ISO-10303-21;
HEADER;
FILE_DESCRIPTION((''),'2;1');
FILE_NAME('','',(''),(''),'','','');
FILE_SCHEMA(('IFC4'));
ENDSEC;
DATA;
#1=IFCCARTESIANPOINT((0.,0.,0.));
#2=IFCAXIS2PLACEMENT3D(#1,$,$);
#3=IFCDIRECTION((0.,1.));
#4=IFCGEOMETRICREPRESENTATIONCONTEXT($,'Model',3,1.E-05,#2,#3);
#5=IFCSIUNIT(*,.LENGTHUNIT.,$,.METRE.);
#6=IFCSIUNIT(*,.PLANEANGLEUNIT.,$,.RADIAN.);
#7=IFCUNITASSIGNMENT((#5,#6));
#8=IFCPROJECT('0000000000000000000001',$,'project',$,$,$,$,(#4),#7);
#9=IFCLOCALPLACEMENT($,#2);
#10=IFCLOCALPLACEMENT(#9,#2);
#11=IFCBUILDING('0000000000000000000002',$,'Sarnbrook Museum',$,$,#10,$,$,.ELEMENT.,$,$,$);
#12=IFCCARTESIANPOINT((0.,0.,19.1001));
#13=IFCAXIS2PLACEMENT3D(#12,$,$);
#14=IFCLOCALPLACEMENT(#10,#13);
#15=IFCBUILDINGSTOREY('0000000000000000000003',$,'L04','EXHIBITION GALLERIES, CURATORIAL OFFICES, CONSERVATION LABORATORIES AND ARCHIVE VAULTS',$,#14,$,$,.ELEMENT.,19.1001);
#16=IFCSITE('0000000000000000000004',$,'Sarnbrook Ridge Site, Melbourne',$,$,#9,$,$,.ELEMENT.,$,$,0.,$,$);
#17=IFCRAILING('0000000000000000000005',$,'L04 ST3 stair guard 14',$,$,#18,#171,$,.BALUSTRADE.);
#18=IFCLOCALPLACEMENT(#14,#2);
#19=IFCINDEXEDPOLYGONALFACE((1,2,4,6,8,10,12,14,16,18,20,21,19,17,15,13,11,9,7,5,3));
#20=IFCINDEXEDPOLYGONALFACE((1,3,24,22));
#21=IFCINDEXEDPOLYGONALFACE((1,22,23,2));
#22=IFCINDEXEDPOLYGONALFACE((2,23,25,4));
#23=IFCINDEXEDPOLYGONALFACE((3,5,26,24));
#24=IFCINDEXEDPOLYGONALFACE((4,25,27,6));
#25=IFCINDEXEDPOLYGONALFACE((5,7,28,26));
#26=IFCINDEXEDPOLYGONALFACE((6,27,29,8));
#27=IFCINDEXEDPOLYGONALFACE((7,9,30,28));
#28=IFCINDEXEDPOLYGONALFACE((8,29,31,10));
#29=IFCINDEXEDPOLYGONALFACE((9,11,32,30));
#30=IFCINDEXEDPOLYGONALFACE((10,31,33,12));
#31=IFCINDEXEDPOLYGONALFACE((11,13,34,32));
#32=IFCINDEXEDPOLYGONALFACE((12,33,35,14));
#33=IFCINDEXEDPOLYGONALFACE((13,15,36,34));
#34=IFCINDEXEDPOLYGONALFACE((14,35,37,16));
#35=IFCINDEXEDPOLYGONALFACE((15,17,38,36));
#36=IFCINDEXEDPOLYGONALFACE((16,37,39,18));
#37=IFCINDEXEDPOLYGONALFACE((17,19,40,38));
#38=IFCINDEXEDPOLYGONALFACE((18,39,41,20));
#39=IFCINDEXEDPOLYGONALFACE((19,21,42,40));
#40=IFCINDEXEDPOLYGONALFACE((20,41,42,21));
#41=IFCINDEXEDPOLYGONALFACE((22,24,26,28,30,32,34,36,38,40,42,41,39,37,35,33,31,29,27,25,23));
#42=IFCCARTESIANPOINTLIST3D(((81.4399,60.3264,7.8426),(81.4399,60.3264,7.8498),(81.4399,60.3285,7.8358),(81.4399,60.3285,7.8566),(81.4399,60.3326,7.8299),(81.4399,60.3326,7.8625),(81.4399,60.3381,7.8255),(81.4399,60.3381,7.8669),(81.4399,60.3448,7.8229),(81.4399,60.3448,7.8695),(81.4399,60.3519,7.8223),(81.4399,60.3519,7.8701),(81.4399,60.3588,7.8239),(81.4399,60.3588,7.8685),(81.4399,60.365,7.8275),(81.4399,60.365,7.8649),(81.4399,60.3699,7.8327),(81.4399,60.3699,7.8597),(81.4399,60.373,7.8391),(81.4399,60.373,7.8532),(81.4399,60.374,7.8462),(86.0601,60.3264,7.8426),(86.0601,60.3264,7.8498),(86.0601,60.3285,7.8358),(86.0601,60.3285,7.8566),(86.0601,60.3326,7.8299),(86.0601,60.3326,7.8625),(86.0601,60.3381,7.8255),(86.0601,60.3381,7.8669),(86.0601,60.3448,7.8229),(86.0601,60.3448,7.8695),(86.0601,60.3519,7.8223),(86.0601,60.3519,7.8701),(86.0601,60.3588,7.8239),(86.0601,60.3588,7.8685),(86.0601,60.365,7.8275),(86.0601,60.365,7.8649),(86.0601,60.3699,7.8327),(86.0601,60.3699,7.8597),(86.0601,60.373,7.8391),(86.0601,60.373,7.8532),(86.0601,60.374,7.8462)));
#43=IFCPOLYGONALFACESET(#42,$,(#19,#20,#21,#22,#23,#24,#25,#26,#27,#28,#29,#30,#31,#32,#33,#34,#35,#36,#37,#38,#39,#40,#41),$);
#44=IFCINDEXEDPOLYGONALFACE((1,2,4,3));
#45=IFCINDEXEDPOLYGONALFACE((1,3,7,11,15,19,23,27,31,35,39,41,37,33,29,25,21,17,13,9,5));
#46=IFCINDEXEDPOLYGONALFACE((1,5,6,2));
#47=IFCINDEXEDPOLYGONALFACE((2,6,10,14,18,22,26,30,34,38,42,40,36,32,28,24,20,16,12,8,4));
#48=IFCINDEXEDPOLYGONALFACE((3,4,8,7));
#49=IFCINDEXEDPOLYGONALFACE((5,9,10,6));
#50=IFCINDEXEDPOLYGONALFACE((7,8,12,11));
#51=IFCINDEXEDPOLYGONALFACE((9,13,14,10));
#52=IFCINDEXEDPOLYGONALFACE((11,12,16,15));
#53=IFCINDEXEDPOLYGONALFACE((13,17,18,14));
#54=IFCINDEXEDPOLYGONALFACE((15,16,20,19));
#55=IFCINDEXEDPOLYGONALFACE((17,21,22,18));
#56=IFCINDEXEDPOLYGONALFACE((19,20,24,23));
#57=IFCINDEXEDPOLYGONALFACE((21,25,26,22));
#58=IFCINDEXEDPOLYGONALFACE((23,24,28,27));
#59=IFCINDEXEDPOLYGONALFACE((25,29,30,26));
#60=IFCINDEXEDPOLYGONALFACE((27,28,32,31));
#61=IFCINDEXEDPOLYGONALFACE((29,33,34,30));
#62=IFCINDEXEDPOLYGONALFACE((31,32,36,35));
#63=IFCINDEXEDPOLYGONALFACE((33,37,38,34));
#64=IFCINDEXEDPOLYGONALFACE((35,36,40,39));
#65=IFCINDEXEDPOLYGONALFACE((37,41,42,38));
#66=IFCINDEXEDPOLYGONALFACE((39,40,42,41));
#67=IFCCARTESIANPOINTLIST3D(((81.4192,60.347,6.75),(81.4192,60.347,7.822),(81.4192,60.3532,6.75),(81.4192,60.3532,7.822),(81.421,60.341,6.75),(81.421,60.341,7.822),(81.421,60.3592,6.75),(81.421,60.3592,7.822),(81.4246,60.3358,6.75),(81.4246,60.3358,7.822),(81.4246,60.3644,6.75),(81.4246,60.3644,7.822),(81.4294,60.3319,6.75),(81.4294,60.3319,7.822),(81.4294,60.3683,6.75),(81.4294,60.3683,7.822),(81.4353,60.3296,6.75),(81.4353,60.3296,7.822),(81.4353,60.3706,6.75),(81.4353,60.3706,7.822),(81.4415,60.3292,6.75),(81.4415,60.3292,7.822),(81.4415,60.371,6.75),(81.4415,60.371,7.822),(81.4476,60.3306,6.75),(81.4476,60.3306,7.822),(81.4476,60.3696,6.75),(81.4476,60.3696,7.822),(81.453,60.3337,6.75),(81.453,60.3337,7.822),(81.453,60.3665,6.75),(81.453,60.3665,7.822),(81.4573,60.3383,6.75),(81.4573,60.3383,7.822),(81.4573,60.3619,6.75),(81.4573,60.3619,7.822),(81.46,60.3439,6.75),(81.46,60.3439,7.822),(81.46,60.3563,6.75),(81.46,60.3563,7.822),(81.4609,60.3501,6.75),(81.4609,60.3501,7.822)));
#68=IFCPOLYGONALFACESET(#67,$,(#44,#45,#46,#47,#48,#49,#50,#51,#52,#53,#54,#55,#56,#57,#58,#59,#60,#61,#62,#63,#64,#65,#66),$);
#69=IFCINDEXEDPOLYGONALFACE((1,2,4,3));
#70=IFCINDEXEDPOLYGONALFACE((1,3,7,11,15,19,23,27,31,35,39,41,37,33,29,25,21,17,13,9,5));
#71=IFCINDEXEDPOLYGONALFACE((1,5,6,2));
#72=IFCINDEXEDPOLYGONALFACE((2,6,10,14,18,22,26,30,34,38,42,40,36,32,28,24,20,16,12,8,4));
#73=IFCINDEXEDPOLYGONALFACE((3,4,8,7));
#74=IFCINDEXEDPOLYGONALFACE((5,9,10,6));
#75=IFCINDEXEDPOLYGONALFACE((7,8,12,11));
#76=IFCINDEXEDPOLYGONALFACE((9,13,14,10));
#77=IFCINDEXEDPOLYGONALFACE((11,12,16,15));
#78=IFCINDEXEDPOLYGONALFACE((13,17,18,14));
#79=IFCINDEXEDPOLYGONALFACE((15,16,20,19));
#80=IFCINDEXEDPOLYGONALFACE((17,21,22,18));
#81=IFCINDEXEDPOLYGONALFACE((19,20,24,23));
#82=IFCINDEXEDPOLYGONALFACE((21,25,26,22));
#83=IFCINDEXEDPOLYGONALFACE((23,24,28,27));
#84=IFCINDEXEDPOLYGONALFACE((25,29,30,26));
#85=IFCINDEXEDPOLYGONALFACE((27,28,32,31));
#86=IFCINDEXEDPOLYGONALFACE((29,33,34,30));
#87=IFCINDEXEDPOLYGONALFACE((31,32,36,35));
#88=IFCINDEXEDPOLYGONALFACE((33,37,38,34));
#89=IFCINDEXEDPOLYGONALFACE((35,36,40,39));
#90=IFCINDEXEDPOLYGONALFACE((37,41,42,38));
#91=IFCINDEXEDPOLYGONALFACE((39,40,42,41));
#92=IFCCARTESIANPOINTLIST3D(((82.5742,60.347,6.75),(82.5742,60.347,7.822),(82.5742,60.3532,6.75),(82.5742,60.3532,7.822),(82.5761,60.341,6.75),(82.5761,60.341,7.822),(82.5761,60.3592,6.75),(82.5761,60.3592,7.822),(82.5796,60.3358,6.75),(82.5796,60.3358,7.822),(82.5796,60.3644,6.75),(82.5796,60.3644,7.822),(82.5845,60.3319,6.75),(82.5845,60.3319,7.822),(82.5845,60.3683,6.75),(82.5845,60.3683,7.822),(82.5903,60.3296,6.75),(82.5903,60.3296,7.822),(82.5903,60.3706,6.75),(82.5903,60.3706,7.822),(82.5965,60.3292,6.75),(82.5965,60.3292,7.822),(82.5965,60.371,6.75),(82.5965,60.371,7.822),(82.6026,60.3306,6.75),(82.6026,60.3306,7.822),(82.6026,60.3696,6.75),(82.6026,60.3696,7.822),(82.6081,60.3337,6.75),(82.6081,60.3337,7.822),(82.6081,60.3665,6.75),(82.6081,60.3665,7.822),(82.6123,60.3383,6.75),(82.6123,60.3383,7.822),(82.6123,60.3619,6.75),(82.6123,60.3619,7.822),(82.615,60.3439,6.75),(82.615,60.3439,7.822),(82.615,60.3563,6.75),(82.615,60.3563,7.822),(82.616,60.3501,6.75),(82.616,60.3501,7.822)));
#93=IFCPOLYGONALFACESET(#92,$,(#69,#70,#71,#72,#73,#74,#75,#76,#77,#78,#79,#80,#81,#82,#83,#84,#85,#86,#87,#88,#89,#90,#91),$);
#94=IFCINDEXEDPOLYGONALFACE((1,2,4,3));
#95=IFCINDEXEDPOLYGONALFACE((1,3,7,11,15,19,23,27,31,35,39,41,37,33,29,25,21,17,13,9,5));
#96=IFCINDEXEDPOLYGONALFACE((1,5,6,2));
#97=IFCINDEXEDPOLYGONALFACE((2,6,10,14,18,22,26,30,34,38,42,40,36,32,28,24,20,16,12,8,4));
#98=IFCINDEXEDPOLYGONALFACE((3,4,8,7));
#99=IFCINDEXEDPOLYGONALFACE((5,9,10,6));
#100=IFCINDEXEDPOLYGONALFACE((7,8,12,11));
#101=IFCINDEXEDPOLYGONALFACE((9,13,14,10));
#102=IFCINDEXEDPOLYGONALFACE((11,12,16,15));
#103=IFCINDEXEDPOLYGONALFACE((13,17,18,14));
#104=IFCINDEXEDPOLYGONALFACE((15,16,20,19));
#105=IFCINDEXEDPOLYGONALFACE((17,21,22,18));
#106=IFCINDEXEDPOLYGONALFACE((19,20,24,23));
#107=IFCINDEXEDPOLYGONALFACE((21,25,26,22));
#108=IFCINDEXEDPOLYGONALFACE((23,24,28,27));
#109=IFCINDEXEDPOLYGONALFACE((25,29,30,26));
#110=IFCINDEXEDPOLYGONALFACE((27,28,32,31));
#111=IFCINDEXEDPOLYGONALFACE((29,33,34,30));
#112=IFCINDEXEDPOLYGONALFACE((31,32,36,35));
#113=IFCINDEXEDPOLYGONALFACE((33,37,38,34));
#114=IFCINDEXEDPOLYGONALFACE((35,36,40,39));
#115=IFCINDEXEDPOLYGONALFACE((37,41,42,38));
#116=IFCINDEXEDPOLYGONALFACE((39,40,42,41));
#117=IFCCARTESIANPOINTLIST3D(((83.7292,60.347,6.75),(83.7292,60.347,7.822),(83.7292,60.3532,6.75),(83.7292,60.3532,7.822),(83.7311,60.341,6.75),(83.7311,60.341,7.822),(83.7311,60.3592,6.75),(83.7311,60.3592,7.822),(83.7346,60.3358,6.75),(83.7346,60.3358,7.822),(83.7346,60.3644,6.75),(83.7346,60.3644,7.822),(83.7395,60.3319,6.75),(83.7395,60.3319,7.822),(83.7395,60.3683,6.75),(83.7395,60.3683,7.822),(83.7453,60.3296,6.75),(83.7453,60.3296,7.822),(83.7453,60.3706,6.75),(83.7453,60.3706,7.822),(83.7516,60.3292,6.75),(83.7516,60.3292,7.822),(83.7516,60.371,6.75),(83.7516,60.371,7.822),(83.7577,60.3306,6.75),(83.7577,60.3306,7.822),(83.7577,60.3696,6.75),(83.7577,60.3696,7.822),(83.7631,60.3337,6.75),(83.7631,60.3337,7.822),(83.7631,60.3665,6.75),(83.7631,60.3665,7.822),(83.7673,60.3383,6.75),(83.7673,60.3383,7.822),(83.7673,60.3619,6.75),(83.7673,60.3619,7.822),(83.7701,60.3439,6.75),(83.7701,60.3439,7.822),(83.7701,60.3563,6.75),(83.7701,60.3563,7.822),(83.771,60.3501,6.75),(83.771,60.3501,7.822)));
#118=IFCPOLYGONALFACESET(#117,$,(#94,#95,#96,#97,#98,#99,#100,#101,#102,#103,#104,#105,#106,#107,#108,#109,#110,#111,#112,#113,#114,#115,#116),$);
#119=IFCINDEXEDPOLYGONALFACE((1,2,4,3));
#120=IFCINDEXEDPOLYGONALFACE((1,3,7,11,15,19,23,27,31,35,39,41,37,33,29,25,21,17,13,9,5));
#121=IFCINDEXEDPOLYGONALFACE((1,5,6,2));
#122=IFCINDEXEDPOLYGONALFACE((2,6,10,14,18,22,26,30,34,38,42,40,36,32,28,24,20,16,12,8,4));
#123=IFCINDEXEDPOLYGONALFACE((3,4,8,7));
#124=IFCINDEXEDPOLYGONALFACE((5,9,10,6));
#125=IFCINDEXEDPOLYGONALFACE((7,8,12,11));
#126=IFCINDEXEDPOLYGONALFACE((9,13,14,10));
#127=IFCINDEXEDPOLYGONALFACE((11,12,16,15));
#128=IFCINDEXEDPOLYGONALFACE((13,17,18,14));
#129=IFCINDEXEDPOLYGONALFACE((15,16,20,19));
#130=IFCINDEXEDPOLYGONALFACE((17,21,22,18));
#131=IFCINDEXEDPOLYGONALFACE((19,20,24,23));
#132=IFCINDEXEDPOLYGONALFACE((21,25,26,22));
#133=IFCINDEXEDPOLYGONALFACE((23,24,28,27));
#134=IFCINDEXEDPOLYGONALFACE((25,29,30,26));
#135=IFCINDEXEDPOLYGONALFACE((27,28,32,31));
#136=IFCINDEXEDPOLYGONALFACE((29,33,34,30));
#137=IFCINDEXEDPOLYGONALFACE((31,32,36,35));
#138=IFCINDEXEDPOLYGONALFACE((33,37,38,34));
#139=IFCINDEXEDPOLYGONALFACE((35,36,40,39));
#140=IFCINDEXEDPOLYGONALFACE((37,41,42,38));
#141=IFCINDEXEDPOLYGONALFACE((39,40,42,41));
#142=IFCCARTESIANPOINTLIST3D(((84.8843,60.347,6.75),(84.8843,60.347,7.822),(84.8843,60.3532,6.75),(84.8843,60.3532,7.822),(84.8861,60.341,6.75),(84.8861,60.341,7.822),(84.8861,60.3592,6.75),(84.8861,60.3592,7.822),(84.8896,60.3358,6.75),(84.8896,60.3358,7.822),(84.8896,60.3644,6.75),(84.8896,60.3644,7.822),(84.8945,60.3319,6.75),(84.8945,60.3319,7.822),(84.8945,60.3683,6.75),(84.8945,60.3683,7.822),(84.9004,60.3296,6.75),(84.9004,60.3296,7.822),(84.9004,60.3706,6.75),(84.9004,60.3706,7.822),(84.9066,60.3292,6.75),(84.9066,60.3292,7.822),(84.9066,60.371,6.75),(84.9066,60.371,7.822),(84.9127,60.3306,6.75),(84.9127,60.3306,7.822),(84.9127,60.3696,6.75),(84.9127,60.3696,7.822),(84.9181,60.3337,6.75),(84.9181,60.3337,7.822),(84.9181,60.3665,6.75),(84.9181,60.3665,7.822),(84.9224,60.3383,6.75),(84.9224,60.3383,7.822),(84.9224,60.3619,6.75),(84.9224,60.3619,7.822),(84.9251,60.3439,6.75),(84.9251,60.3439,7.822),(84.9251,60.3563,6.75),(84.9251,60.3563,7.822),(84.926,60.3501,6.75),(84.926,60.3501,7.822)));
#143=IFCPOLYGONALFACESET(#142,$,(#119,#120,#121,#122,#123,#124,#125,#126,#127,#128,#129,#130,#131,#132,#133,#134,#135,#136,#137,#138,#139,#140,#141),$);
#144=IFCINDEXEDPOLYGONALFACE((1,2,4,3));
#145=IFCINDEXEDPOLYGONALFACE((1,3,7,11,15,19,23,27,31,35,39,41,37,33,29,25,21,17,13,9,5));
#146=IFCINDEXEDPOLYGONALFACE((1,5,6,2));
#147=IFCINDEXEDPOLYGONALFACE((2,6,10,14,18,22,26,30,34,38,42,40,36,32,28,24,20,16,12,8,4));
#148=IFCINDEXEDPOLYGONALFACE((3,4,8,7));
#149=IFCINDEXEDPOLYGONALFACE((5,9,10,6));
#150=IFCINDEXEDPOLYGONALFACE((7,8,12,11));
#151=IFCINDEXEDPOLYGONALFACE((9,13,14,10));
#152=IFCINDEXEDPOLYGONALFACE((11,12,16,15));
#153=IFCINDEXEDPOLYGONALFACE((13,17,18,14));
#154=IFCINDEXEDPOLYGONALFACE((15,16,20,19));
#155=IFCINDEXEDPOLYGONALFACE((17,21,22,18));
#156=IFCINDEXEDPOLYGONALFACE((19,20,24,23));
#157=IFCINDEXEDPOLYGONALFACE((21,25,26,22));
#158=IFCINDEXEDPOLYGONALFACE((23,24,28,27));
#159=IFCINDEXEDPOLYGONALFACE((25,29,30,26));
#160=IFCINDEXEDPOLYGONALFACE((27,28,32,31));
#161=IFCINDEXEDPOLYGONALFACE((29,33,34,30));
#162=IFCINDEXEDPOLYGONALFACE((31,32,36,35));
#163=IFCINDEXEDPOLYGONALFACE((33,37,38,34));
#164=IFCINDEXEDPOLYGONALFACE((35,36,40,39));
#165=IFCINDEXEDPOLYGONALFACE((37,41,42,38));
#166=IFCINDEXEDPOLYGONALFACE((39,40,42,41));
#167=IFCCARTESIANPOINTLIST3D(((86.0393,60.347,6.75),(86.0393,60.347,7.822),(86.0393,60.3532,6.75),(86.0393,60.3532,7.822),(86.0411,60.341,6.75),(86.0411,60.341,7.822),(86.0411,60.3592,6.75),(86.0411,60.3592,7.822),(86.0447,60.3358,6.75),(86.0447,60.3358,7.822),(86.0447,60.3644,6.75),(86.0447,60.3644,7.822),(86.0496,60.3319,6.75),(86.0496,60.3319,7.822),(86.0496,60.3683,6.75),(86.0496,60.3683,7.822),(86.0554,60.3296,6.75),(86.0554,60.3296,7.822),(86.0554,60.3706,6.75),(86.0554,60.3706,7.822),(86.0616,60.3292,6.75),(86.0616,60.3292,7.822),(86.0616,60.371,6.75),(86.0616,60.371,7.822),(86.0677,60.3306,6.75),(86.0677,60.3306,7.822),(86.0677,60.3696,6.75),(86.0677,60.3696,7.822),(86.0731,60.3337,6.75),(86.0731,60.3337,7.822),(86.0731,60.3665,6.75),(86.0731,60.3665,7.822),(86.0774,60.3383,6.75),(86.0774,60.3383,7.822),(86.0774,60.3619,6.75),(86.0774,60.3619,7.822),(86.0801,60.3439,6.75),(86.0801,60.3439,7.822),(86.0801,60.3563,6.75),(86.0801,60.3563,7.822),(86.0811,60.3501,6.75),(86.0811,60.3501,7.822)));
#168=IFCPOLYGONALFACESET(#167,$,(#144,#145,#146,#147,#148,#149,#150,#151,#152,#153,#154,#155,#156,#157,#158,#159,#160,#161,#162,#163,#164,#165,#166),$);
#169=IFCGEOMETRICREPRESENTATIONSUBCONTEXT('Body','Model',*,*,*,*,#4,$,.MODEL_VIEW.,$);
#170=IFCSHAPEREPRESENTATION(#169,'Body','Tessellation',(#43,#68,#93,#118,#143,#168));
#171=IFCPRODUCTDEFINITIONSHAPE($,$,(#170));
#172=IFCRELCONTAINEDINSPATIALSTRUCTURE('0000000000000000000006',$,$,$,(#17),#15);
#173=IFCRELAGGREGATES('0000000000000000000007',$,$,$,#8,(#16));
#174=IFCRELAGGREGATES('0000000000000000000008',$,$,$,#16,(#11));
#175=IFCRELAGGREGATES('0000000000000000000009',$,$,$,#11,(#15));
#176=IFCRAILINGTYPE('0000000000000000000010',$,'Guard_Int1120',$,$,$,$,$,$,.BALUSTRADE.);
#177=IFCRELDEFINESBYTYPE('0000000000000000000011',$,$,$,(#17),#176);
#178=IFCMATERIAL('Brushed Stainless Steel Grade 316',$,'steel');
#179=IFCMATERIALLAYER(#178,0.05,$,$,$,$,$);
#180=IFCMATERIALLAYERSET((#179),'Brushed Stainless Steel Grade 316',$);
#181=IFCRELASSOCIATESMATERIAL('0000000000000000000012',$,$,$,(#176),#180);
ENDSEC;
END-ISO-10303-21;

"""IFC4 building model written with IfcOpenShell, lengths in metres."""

from ifc_helpers import new_model, si_unit, direction, frame, origin, origin_2d, place, context, subcontext, project, spatial, circle, extrude, material, layer, layer_set, type_object, element, save


model = new_model("IFC4")

# Units and contexts
model_context = context("Model", 3, precision=1e-05, world=origin(), true_north=direction((0.0, 1.0)))
body_context = subcontext(model_context, "Body", "Model", "MODEL_VIEW")
ifc_project = project(units=[si_unit("LENGTHUNIT", "METRE"), si_unit("PLANEANGLEUNIT", "RADIAN")], contexts=[model_context])

# Site, building, storey
site_placement = place(None, origin())
site = spatial("IfcSite", under=ifc_project, at=site_placement, Name="Sarnbrook Ridge Site, Melbourne", CompositionType="ELEMENT", RefElevation=0.0)
building_placement = place(site_placement, origin())
building = spatial("IfcBuilding", under=site, at=building_placement, Name="Sarnbrook Museum", CompositionType="ELEMENT")
storey_placement = place(building_placement, frame((0.0, 0.0, 19.1001)))
storey = spatial("IfcBuildingStorey", under=building, at=storey_placement, Name="L04", Description="EXHIBITION GALLERIES, CURATORIAL OFFICES, CONSERVATION LABORATORIES AND ARCHIVE VAULTS", CompositionType="ELEMENT", Elevation=19.1001)

# Shared definitions
ifc_material_1 = material(Name="Brushed Stainless Steel Grade 316", Category="steel")

# Railing
ifc_layer_1 = layer(ifc_material_1, 0.05)
ifc_layer_set_1 = layer_set([ifc_layer_1], Name="Brushed Stainless Steel Grade 316")
railing_type_1 = type_object("IfcRailingType", Name="Guard_Int1120", PredefinedType="BALUSTRADE", material=ifc_layer_set_1)
railing_1_placement = place(storey_placement, frame((81.4399, 60.3501, 6.75)))
element("IfcRailing", 1, at=railing_1_placement, inside=storey, type_object=railing_type_1, Name="L04 ST3 stair guard 14", PredefinedType="BALUSTRADE", context=body_context, shape_type="SweptSolid", body=[
    extrude(circle(Radius=0.0239, at=origin_2d()), frame((0.0, 0.0, 1.0962), z_axis=(1.0, 0.0, 0.0), x_axis=(0.0, 1.0, 0.0)), (0.0, 0.0, 1.0), 4.6201),
    extrude(circle(Radius=0.021, at=origin_2d()), origin(), (0.0, 0.0, 1.0), 1.072),
    extrude(circle(Radius=0.021, at=origin_2d()), frame((1.155, 0.0, 0.0)), (0.0, 0.0, 1.0), 1.072),
    extrude(circle(Radius=0.021, at=origin_2d()), frame((2.3101, 0.0, 0.0)), (0.0, 0.0, 1.0), 1.072),
    extrude(circle(Radius=0.021, at=origin_2d()), frame((3.4651, 0.0, 0.0)), (0.0, 0.0, 1.0), 1.072),
    extrude(circle(Radius=0.021, at=origin_2d()), frame((4.6201, 0.0, 0.0)), (0.0, 0.0, 1.0), 1.072),
])

save(model, "model.ifc")
